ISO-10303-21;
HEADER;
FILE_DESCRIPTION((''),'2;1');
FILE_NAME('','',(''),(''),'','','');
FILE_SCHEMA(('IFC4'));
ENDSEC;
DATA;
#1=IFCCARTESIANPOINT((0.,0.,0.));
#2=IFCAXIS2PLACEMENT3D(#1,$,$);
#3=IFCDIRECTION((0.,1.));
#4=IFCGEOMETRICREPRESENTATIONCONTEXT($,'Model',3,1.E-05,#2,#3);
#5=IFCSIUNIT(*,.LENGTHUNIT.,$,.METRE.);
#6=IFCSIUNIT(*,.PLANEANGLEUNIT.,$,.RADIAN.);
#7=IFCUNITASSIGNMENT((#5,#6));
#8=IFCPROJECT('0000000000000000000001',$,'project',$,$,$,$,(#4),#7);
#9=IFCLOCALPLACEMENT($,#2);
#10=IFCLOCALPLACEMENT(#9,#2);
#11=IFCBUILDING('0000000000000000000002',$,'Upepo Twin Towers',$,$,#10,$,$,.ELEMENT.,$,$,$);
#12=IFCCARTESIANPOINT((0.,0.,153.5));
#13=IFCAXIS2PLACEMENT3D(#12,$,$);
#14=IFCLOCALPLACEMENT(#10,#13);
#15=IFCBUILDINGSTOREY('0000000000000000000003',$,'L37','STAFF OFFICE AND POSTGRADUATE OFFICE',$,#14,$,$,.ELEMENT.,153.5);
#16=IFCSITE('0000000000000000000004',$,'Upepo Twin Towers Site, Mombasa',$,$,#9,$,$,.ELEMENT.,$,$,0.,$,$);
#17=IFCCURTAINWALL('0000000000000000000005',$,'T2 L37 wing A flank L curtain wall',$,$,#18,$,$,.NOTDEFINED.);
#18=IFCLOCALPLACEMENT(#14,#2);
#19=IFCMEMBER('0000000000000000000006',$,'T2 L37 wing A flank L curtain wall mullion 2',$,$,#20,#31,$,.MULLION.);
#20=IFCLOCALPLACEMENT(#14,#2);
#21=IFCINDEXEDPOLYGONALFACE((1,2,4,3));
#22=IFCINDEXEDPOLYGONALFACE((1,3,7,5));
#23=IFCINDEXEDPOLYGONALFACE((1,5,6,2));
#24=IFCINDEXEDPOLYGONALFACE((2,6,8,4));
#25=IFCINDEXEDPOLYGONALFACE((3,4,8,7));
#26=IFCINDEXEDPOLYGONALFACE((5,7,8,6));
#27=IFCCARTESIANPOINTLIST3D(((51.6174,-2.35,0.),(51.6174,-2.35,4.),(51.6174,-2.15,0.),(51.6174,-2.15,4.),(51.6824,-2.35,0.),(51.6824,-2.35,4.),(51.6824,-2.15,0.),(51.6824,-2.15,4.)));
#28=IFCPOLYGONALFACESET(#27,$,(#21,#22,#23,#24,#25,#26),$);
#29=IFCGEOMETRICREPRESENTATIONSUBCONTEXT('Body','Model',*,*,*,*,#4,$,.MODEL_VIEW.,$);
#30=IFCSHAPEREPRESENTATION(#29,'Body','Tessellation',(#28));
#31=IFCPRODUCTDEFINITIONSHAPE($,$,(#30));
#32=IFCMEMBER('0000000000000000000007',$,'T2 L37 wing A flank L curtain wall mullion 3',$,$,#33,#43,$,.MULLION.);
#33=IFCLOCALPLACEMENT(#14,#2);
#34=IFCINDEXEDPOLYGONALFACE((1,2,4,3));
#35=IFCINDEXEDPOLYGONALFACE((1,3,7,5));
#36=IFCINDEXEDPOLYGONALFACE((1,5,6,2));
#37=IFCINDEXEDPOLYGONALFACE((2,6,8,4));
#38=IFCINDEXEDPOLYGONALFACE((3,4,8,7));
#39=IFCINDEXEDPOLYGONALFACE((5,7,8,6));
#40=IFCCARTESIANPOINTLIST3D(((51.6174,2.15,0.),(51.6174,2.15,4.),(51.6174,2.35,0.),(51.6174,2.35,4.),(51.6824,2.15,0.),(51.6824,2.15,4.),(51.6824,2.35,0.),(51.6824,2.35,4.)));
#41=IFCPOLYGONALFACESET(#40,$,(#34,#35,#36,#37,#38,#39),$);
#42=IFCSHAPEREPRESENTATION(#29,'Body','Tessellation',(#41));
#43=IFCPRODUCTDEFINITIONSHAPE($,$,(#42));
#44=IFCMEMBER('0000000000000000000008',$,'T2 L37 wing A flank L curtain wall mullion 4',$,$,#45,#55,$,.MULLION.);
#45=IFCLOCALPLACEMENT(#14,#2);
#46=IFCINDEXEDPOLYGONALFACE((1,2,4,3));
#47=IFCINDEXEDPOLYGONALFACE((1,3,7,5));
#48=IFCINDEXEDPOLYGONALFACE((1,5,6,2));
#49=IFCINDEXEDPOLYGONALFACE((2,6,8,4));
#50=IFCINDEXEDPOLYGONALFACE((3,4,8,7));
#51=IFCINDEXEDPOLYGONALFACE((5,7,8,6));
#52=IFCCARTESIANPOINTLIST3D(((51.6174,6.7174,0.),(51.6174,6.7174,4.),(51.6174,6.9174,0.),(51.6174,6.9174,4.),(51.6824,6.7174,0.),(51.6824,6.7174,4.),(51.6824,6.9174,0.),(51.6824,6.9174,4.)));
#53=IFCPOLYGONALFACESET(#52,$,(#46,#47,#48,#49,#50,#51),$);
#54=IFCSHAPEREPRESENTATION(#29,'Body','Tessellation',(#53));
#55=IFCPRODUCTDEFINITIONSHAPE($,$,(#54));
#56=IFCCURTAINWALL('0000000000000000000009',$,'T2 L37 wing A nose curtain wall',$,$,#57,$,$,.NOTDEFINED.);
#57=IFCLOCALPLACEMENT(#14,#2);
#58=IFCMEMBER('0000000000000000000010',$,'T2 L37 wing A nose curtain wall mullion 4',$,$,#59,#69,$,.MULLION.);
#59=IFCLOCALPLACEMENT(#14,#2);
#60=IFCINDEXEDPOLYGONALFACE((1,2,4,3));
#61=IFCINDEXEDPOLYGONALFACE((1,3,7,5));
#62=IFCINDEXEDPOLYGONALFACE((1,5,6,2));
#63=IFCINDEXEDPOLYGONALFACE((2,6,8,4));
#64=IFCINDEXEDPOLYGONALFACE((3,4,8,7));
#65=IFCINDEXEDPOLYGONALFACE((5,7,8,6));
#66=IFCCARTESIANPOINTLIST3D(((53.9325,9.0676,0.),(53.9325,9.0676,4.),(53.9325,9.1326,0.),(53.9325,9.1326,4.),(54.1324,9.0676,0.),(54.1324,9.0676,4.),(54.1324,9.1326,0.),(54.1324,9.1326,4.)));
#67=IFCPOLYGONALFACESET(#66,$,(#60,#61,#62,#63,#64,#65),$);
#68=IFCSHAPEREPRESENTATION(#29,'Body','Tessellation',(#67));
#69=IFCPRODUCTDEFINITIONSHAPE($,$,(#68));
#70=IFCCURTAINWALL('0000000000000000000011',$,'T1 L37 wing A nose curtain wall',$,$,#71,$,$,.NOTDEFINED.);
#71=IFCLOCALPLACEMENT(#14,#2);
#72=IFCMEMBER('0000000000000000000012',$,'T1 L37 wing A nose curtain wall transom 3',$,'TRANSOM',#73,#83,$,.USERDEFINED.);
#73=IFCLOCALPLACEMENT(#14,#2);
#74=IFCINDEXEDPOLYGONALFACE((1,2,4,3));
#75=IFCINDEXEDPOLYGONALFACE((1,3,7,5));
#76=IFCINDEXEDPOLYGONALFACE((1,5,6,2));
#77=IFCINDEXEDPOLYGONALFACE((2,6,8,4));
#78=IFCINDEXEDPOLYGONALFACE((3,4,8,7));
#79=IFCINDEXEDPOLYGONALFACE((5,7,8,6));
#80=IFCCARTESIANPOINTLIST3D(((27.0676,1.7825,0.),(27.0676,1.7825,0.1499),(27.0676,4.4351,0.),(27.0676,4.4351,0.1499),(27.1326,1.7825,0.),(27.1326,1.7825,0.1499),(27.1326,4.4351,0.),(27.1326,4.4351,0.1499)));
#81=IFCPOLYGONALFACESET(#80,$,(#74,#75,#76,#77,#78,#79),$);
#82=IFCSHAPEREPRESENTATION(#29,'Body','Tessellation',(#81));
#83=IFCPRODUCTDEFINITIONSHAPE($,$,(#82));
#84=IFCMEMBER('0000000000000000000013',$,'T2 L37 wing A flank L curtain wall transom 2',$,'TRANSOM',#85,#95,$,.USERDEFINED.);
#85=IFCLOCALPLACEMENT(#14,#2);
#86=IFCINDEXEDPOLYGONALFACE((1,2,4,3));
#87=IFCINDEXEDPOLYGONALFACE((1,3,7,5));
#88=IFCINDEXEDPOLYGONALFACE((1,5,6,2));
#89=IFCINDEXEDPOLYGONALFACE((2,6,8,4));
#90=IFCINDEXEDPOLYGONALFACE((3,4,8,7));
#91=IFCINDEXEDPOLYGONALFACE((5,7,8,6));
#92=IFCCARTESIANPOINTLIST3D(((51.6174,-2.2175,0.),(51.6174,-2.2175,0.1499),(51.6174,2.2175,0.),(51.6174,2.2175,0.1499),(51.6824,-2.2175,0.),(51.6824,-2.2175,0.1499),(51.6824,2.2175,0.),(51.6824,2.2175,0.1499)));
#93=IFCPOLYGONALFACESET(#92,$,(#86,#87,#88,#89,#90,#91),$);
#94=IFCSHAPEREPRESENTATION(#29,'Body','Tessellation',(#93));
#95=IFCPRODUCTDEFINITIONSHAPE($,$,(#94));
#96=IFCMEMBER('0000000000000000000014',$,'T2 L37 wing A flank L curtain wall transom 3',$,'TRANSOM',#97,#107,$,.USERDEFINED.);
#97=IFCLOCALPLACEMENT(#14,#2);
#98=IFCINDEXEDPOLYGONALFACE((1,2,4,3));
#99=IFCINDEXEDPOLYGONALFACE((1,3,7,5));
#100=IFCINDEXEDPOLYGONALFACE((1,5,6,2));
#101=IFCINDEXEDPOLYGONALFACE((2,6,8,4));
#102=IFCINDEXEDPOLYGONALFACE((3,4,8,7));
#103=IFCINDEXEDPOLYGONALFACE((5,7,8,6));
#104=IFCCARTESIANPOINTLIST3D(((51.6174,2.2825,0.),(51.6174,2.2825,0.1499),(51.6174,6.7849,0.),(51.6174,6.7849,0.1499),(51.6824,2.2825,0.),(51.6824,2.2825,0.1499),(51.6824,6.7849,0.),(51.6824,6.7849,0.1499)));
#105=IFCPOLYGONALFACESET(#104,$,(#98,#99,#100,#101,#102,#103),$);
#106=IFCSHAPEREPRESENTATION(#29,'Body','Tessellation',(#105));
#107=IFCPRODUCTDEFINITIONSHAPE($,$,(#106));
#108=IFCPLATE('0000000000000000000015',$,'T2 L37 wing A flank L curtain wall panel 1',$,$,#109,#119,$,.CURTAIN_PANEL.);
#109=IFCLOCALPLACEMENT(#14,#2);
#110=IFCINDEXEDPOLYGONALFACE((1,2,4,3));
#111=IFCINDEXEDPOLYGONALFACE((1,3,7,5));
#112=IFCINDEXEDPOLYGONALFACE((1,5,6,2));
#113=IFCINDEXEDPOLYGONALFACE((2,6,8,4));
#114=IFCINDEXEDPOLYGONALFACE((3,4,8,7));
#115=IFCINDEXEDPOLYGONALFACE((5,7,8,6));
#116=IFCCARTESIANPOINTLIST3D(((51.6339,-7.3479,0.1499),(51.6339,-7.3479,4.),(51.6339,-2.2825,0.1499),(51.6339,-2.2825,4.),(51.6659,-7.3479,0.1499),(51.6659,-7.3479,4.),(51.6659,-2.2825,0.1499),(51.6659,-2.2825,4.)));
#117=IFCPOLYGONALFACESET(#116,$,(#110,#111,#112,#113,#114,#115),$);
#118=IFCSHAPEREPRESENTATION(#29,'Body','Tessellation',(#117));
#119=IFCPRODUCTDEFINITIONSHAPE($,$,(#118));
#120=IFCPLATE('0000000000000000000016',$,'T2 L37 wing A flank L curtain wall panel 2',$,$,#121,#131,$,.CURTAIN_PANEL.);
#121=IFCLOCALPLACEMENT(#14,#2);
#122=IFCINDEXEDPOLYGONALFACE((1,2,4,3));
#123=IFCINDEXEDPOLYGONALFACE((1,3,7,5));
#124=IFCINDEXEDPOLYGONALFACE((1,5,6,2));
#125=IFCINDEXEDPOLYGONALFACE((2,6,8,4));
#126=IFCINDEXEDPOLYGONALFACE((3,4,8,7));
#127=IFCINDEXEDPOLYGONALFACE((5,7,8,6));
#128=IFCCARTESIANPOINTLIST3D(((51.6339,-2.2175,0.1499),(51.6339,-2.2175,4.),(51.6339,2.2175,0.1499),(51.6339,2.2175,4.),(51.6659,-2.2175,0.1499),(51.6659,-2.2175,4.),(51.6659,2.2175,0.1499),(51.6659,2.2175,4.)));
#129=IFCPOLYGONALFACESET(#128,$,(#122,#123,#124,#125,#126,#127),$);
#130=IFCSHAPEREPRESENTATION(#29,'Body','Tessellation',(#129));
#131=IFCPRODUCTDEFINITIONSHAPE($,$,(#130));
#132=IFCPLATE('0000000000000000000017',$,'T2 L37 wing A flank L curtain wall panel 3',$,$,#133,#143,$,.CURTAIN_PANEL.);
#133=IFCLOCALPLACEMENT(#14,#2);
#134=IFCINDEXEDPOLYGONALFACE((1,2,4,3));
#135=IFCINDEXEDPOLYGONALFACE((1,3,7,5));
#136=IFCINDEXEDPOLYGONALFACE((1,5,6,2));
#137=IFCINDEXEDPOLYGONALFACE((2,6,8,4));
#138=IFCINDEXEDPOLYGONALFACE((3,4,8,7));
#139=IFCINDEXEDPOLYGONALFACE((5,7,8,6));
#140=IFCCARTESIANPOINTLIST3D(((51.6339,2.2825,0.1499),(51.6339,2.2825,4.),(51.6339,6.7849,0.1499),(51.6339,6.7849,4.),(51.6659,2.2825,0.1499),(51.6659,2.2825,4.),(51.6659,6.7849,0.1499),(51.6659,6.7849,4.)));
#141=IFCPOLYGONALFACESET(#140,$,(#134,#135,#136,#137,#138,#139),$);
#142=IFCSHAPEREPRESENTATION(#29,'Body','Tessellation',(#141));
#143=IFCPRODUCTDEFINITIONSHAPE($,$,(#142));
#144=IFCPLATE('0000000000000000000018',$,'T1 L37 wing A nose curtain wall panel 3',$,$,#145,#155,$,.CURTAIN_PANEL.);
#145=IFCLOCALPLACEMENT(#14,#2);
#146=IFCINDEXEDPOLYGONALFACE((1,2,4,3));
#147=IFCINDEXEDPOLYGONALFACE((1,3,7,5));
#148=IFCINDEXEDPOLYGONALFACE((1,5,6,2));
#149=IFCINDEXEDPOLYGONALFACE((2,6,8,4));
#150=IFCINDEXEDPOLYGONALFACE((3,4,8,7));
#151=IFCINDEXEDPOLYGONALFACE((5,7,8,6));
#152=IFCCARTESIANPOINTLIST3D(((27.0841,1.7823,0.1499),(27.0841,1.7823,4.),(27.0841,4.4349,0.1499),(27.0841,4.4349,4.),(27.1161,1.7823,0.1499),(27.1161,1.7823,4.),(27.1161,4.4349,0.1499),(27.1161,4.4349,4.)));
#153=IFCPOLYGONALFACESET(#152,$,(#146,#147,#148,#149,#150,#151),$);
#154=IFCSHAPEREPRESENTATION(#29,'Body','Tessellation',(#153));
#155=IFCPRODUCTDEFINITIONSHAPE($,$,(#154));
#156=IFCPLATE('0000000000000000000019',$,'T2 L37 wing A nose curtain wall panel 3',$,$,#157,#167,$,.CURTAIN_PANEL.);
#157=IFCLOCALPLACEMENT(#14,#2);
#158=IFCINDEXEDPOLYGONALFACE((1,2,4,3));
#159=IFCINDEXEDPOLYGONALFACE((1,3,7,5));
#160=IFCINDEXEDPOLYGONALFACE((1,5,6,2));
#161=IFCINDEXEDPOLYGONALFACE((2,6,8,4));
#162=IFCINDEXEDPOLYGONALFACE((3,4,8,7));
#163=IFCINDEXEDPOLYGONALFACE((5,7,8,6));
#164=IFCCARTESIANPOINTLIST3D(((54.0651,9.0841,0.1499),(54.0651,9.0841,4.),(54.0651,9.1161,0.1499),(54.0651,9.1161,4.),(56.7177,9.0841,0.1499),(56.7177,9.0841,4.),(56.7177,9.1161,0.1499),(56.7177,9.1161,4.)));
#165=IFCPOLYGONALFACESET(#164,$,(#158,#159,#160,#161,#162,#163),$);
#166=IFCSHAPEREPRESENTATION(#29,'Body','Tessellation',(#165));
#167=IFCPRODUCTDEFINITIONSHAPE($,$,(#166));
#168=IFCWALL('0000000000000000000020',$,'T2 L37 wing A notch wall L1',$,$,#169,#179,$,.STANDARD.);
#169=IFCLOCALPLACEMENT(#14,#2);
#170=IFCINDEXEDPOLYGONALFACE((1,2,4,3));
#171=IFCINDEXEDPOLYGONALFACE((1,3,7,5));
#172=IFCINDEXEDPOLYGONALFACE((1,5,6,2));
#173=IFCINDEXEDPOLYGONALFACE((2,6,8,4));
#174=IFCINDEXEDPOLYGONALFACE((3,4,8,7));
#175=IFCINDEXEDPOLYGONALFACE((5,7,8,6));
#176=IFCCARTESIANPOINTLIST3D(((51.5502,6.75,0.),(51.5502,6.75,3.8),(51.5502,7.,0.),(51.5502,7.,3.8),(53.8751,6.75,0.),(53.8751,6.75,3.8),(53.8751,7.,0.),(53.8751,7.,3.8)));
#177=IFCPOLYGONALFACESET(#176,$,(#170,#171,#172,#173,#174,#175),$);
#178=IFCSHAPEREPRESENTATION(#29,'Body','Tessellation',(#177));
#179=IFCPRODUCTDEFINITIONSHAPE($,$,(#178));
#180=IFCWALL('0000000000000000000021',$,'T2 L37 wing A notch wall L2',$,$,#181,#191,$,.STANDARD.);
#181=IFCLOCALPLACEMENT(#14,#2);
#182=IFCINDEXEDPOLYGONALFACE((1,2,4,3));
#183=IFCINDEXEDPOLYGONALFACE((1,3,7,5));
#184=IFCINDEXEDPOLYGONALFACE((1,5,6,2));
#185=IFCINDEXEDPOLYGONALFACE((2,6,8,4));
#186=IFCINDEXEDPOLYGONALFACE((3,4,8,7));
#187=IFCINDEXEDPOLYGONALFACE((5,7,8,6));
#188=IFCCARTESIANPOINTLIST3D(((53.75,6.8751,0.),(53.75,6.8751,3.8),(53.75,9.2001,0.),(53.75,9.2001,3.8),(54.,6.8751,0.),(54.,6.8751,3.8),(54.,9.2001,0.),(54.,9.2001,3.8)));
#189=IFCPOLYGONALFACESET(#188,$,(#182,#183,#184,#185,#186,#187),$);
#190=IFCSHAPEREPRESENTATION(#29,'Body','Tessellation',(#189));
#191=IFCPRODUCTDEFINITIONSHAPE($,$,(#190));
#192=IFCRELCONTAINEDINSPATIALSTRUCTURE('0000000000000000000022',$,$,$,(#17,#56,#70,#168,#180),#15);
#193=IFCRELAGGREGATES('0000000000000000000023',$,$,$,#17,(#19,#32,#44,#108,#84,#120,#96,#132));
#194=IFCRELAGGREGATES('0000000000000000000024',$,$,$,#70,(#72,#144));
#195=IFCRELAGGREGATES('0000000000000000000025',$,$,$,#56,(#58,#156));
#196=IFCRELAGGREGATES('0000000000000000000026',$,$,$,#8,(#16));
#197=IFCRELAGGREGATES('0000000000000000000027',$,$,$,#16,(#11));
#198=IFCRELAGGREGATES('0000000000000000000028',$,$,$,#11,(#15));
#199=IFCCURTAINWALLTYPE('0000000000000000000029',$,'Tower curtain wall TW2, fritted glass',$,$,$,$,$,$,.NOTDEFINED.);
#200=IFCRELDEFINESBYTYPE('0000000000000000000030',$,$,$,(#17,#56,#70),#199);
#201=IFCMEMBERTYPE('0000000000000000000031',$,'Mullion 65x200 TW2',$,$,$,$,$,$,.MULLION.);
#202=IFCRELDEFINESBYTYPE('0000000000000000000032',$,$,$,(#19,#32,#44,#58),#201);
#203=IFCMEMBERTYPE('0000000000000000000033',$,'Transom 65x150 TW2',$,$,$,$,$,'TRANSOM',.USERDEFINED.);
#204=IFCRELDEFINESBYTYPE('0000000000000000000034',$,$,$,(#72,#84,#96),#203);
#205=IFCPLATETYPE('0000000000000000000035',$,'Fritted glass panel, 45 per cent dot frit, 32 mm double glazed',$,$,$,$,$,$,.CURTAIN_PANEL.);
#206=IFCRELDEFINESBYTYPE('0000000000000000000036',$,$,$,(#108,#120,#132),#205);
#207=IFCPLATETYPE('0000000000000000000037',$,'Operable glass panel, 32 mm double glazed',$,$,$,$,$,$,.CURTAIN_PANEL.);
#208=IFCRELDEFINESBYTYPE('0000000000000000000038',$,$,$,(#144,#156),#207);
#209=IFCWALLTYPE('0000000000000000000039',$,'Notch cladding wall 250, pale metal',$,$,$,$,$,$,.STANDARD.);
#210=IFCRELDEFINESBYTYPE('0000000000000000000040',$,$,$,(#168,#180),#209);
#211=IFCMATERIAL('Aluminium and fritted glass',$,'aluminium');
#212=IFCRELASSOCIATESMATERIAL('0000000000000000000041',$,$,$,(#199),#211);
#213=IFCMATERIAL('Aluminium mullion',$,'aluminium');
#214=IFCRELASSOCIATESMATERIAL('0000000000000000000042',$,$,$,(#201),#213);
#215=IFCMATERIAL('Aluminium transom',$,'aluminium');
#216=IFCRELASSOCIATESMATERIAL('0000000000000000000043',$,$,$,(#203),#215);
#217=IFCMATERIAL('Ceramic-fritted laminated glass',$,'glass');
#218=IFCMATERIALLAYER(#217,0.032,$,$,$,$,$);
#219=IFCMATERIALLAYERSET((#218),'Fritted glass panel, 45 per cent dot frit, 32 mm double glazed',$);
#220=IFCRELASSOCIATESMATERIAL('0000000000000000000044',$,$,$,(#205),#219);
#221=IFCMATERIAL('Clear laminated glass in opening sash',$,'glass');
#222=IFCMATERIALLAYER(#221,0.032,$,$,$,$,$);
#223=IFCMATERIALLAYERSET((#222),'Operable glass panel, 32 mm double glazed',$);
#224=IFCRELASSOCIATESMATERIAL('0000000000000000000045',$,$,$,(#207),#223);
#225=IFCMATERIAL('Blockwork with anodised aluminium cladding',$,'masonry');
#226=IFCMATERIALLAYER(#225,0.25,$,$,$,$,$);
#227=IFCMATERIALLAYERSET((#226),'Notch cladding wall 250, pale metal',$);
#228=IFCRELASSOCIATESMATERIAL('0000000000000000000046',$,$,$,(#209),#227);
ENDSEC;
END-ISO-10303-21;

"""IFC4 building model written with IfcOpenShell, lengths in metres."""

from ifc_helpers import new_model, si_unit, direction, frame, frame_2d, origin, origin_2d, place, context, subcontext, project, spatial, rectangle, extrude, material, layer, layer_set, material_profile, profile_set, type_object, element, aggregate, save


model = new_model("IFC4")

# Units and contexts
model_context = context("Model", 3, precision=1e-05, world=origin(), true_north=direction((0.0, 1.0)))
body_context = subcontext(model_context, "Body", "Model", "MODEL_VIEW")
ifc_project = project(units=[si_unit("LENGTHUNIT", "METRE"), si_unit("PLANEANGLEUNIT", "RADIAN")], contexts=[model_context])

# Site, building, storey
site_placement = place(None, origin())
site = spatial("IfcSite", under=ifc_project, at=site_placement, Name="Upepo Twin Towers Site, Mombasa", CompositionType="ELEMENT", RefElevation=0.0)
building_placement = place(site_placement, origin())
building = spatial("IfcBuilding", under=site, at=building_placement, Name="Upepo Twin Towers", CompositionType="ELEMENT")
storey_placement = place(building_placement, frame((0.0, 0.0, 153.5)))
storey = spatial("IfcBuildingStorey", under=building, at=storey_placement, Name="L37", Description="STAFF OFFICE AND POSTGRADUATE OFFICE", CompositionType="ELEMENT", Elevation=153.5)

# Curtain wall, members
ifc_material_1 = material(Name="Aluminium and fritted glass", Category="aluminium")
curtain_wall_type = type_object("IfcCurtainWallType", Name="Tower curtain wall TW2, fritted glass", PredefinedType="NOTDEFINED", material=ifc_material_1)
curtain_wall_1_placement = place(storey_placement, origin())
curtain_wall_1 = element("IfcCurtainWall", 1, at=curtain_wall_1_placement, inside=storey, type_object=curtain_wall_type, Name="T2 L37 wing A flank L curtain wall", PredefinedType="NOTDEFINED")
ifc_material_2 = material(Name="Aluminium mullion", Category="aluminium")
ifc_material_profile_1 = material_profile(ifc_material_2, rectangle(XDim=0.0649, YDim=0.2, at=origin_2d()), Name="MULLION 65x200")
ifc_profile_set_1 = profile_set([ifc_material_profile_1], Name="Aluminium mullion")
member_type_1 = type_object("IfcMemberType", Name="Mullion 65x200 TW2", PredefinedType="MULLION", material=ifc_profile_set_1)
member_1_placement = place(storey_placement, frame((51.6499, -2.25, 0.0), z_axis=(0.0, 0.0, 1.0), x_axis=(-1.0, 0.0, 0.0)))
member_1 = element("IfcMember", 2, at=member_1_placement, type_object=member_type_1, Name="T2 L37 wing A flank L curtain wall mullion 2", PredefinedType="MULLION", context=body_context, shape_type="SweptSolid", body=[
    extrude(rectangle(XDim=0.0649, YDim=0.2, at=origin_2d()), origin(), (0.0, 0.0, 1.0), 4.0),
])
member_2_placement = place(storey_placement, frame((51.6499, 2.25, 0.0), z_axis=(0.0, 0.0, 1.0), x_axis=(-1.0, 0.0, 0.0)))
member_2 = element("IfcMember", 3, at=member_2_placement, type_object=member_type_1, Name="T2 L37 wing A flank L curtain wall mullion 3", PredefinedType="MULLION", context=body_context, shape_type="SweptSolid", body=[
    extrude(rectangle(XDim=0.0649, YDim=0.2, at=origin_2d()), origin(), (0.0, 0.0, 1.0), 4.0),
])
member_3_placement = place(storey_placement, frame((51.6499, 6.8174, 0.0), z_axis=(0.0, 0.0, 1.0), x_axis=(-1.0, 0.0, 0.0)))
member_3 = element("IfcMember", 4, at=member_3_placement, type_object=member_type_1, Name="T2 L37 wing A flank L curtain wall mullion 4", PredefinedType="MULLION", context=body_context, shape_type="SweptSolid", body=[
    extrude(rectangle(XDim=0.0649, YDim=0.2, at=origin_2d()), origin(), (0.0, 0.0, 1.0), 4.0),
])

# Curtain walls, members
curtain_wall_2_placement = place(storey_placement, origin())
curtain_wall_2 = element("IfcCurtainWall", 5, at=curtain_wall_2_placement, inside=storey, type_object=curtain_wall_type, Name="T2 L37 wing A nose curtain wall", PredefinedType="NOTDEFINED")
member_4_placement = place(storey_placement, frame((54.0325, 9.1001, 0.0), z_axis=(0.0, 0.0, 1.0), x_axis=(0.0, -1.0, 0.0)))
member_4 = element("IfcMember", 6, at=member_4_placement, type_object=member_type_1, Name="T2 L37 wing A nose curtain wall mullion 4", PredefinedType="MULLION", context=body_context, shape_type="SweptSolid", body=[
    extrude(rectangle(XDim=0.0649, YDim=0.2, at=origin_2d()), origin(), (0.0, 0.0, 1.0), 4.0),
])
curtain_wall_3_placement = place(storey_placement, origin())
curtain_wall_3 = element("IfcCurtainWall", 7, at=curtain_wall_3_placement, inside=storey, type_object=curtain_wall_type, Name="T1 L37 wing A nose curtain wall", PredefinedType="NOTDEFINED")
ifc_material_3 = material(Name="Aluminium transom", Category="aluminium")
ifc_material_profile_2 = material_profile(ifc_material_3, rectangle(XDim=0.0649, YDim=0.1499, at=origin_2d()), Name="TRANSOM 65x150")
ifc_profile_set_2 = profile_set([ifc_material_profile_2], Name="Aluminium transom")
member_type_2 = type_object("IfcMemberType", Name="Transom 65x150 TW2", ElementType="TRANSOM", PredefinedType="USERDEFINED", material=ifc_profile_set_2)
member_5_placement = place(storey_placement, frame((27.1001, 1.7825, 0.075), z_axis=(0.0, 1.0, 0.0), x_axis=(-1.0, 0.0, 0.0)))
member_5 = element("IfcMember", 8, at=member_5_placement, type_object=member_type_2, Name="T1 L37 wing A nose curtain wall transom 3", ObjectType="TRANSOM", PredefinedType="USERDEFINED", context=body_context, shape_type="SweptSolid", body=[
    extrude(rectangle(XDim=0.0649, YDim=0.1499, at=origin_2d()), origin(), (0.0, 0.0, 1.0), 2.6526),
])

# Members
member_6_placement = place(storey_placement, frame((51.6499, -2.2175, 0.075), z_axis=(0.0, 1.0, 0.0), x_axis=(-1.0, 0.0, 0.0)))
member_6 = element("IfcMember", 9, at=member_6_placement, type_object=member_type_2, Name="T2 L37 wing A flank L curtain wall transom 2", ObjectType="TRANSOM", PredefinedType="USERDEFINED", context=body_context, shape_type="SweptSolid", body=[
    extrude(rectangle(XDim=0.0649, YDim=0.1499, at=origin_2d()), origin(), (0.0, 0.0, 1.0), 4.4351),
])
member_7_placement = place(storey_placement, frame((51.6499, 2.2825, 0.075), z_axis=(0.0, 1.0, 0.0), x_axis=(-1.0, 0.0, 0.0)))
member_7 = element("IfcMember", 10, at=member_7_placement, type_object=member_type_2, Name="T2 L37 wing A flank L curtain wall transom 3", ObjectType="TRANSOM", PredefinedType="USERDEFINED", context=body_context, shape_type="SweptSolid", body=[
    extrude(rectangle(XDim=0.0649, YDim=0.1499, at=origin_2d()), origin(), (0.0, 0.0, 1.0), 4.5024),
])

# Plates
ifc_material_4 = material(Name="Ceramic-fritted laminated glass", Category="glass")
ifc_layer_1 = layer(ifc_material_4, 0.032)
ifc_layer_set_1 = layer_set([ifc_layer_1], Name="Fritted glass panel, 45 per cent dot frit, 32 mm double glazed")
plate_type_1 = type_object("IfcPlateType", Name="Fritted glass panel, 45 per cent dot frit, 32 mm double glazed", PredefinedType="CURTAIN_PANEL", material=ifc_layer_set_1)
plate_1_placement = place(storey_placement, frame((51.6499, -4.8152, 0.1499), z_axis=(0.0, 0.0, 1.0), x_axis=(0.0, 1.0, 0.0)))
plate_1 = element("IfcPlate", 11, at=plate_1_placement, type_object=plate_type_1, Name="T2 L37 wing A flank L curtain wall panel 1", PredefinedType="CURTAIN_PANEL", context=body_context, shape_type="SweptSolid", body=[
    extrude(rectangle(XDim=5.0654, YDim=0.032, at=origin_2d()), origin(), (0.0, 0.0, 1.0), 3.8501),
])
plate_2_placement = place(storey_placement, frame((51.6499, 0.0, 0.1499), z_axis=(0.0, 0.0, 1.0), x_axis=(0.0, 1.0, 0.0)))
plate_2 = element("IfcPlate", 12, at=plate_2_placement, type_object=plate_type_1, Name="T2 L37 wing A flank L curtain wall panel 2", PredefinedType="CURTAIN_PANEL", context=body_context, shape_type="SweptSolid", body=[
    extrude(rectangle(XDim=4.4351, YDim=0.032, at=origin_2d()), origin(), (0.0, 0.0, 1.0), 3.8501),
])
plate_3_placement = place(storey_placement, frame((51.6499, 4.5337, 0.1499), z_axis=(0.0, 0.0, 1.0), x_axis=(0.0, 1.0, 0.0)))
plate_3 = element("IfcPlate", 13, at=plate_3_placement, type_object=plate_type_1, Name="T2 L37 wing A flank L curtain wall panel 3", PredefinedType="CURTAIN_PANEL", context=body_context, shape_type="SweptSolid", body=[
    extrude(rectangle(XDim=4.5024, YDim=0.032, at=origin_2d()), origin(), (0.0, 0.0, 1.0), 3.8501),
])
aggregate(curtain_wall_1, [member_1, member_2, member_3, plate_1, member_6, plate_2, member_7, plate_3])
ifc_material_5 = material(Name="Clear laminated glass in opening sash", Category="glass")
ifc_layer_2 = layer(ifc_material_5, 0.032)
ifc_layer_set_2 = layer_set([ifc_layer_2], Name="Operable glass panel, 32 mm double glazed")
plate_type_2 = type_object("IfcPlateType", Name="Operable glass panel, 32 mm double glazed", PredefinedType="CURTAIN_PANEL", material=ifc_layer_set_2)
plate_4_placement = place(storey_placement, frame((27.1001, 3.1086, 0.1499), z_axis=(0.0, 0.0, 1.0), x_axis=(0.0, 1.0, 0.0)))
plate_4 = element("IfcPlate", 14, at=plate_4_placement, type_object=plate_type_2, Name="T1 L37 wing A nose curtain wall panel 3", PredefinedType="CURTAIN_PANEL", context=body_context, shape_type="SweptSolid", body=[
    extrude(rectangle(XDim=2.6526, YDim=0.032, at=origin_2d()), origin(), (0.0, 0.0, 1.0), 3.8501),
])
aggregate(curtain_wall_3, [member_5, plate_4])
plate_5_placement = place(storey_placement, frame((55.3914, 9.1001, 0.1499), z_axis=(0.0, 0.0, 1.0), x_axis=(-1.0, 0.0, 0.0)))
plate_5 = element("IfcPlate", 15, at=plate_5_placement, type_object=plate_type_2, Name="T2 L37 wing A nose curtain wall panel 3", PredefinedType="CURTAIN_PANEL", context=body_context, shape_type="SweptSolid", body=[
    extrude(rectangle(XDim=2.6526, YDim=0.032, at=origin_2d()), origin(), (0.0, 0.0, 1.0), 3.8501),
])
aggregate(curtain_wall_2, [member_4, plate_5])

# Walls
ifc_material_6 = material(Name="Blockwork with anodised aluminium cladding", Category="masonry")
ifc_layer_3 = layer(ifc_material_6, 0.25)
ifc_layer_set_3 = layer_set([ifc_layer_3], Name="Notch cladding wall 250, pale metal")
wall_type_1 = type_object("IfcWallType", Name="Notch cladding wall 250, pale metal", PredefinedType="STANDARD", material=ifc_layer_set_3)
for number, where, z_axis, x_axis, name in (
    (16, (51.55, 6.875, 0.0), (0.0, 0.0, 1.0), (1.0, 0.0, 0.0), "T2 L37 wing A notch wall L1"),
    (17, (53.875, 6.875, 0.0), (0.0, 0.0, 1.0), (0.0, 1.0, 0.0), "T2 L37 wing A notch wall L2"),
):
    element("IfcWall", number, at=place(storey_placement, frame(where, z_axis=z_axis, x_axis=x_axis)), inside=storey, type_object=wall_type_1, Name=name, PredefinedType="STANDARD", context=body_context, shape_type="SweptSolid", body=[
        extrude(rectangle(XDim=2.325, YDim=0.25, at=frame_2d((1.1626, 0.0))), origin(), (0.0, 0.0, 1.0), 3.8),
    ])

save(model, "model.ifc")
